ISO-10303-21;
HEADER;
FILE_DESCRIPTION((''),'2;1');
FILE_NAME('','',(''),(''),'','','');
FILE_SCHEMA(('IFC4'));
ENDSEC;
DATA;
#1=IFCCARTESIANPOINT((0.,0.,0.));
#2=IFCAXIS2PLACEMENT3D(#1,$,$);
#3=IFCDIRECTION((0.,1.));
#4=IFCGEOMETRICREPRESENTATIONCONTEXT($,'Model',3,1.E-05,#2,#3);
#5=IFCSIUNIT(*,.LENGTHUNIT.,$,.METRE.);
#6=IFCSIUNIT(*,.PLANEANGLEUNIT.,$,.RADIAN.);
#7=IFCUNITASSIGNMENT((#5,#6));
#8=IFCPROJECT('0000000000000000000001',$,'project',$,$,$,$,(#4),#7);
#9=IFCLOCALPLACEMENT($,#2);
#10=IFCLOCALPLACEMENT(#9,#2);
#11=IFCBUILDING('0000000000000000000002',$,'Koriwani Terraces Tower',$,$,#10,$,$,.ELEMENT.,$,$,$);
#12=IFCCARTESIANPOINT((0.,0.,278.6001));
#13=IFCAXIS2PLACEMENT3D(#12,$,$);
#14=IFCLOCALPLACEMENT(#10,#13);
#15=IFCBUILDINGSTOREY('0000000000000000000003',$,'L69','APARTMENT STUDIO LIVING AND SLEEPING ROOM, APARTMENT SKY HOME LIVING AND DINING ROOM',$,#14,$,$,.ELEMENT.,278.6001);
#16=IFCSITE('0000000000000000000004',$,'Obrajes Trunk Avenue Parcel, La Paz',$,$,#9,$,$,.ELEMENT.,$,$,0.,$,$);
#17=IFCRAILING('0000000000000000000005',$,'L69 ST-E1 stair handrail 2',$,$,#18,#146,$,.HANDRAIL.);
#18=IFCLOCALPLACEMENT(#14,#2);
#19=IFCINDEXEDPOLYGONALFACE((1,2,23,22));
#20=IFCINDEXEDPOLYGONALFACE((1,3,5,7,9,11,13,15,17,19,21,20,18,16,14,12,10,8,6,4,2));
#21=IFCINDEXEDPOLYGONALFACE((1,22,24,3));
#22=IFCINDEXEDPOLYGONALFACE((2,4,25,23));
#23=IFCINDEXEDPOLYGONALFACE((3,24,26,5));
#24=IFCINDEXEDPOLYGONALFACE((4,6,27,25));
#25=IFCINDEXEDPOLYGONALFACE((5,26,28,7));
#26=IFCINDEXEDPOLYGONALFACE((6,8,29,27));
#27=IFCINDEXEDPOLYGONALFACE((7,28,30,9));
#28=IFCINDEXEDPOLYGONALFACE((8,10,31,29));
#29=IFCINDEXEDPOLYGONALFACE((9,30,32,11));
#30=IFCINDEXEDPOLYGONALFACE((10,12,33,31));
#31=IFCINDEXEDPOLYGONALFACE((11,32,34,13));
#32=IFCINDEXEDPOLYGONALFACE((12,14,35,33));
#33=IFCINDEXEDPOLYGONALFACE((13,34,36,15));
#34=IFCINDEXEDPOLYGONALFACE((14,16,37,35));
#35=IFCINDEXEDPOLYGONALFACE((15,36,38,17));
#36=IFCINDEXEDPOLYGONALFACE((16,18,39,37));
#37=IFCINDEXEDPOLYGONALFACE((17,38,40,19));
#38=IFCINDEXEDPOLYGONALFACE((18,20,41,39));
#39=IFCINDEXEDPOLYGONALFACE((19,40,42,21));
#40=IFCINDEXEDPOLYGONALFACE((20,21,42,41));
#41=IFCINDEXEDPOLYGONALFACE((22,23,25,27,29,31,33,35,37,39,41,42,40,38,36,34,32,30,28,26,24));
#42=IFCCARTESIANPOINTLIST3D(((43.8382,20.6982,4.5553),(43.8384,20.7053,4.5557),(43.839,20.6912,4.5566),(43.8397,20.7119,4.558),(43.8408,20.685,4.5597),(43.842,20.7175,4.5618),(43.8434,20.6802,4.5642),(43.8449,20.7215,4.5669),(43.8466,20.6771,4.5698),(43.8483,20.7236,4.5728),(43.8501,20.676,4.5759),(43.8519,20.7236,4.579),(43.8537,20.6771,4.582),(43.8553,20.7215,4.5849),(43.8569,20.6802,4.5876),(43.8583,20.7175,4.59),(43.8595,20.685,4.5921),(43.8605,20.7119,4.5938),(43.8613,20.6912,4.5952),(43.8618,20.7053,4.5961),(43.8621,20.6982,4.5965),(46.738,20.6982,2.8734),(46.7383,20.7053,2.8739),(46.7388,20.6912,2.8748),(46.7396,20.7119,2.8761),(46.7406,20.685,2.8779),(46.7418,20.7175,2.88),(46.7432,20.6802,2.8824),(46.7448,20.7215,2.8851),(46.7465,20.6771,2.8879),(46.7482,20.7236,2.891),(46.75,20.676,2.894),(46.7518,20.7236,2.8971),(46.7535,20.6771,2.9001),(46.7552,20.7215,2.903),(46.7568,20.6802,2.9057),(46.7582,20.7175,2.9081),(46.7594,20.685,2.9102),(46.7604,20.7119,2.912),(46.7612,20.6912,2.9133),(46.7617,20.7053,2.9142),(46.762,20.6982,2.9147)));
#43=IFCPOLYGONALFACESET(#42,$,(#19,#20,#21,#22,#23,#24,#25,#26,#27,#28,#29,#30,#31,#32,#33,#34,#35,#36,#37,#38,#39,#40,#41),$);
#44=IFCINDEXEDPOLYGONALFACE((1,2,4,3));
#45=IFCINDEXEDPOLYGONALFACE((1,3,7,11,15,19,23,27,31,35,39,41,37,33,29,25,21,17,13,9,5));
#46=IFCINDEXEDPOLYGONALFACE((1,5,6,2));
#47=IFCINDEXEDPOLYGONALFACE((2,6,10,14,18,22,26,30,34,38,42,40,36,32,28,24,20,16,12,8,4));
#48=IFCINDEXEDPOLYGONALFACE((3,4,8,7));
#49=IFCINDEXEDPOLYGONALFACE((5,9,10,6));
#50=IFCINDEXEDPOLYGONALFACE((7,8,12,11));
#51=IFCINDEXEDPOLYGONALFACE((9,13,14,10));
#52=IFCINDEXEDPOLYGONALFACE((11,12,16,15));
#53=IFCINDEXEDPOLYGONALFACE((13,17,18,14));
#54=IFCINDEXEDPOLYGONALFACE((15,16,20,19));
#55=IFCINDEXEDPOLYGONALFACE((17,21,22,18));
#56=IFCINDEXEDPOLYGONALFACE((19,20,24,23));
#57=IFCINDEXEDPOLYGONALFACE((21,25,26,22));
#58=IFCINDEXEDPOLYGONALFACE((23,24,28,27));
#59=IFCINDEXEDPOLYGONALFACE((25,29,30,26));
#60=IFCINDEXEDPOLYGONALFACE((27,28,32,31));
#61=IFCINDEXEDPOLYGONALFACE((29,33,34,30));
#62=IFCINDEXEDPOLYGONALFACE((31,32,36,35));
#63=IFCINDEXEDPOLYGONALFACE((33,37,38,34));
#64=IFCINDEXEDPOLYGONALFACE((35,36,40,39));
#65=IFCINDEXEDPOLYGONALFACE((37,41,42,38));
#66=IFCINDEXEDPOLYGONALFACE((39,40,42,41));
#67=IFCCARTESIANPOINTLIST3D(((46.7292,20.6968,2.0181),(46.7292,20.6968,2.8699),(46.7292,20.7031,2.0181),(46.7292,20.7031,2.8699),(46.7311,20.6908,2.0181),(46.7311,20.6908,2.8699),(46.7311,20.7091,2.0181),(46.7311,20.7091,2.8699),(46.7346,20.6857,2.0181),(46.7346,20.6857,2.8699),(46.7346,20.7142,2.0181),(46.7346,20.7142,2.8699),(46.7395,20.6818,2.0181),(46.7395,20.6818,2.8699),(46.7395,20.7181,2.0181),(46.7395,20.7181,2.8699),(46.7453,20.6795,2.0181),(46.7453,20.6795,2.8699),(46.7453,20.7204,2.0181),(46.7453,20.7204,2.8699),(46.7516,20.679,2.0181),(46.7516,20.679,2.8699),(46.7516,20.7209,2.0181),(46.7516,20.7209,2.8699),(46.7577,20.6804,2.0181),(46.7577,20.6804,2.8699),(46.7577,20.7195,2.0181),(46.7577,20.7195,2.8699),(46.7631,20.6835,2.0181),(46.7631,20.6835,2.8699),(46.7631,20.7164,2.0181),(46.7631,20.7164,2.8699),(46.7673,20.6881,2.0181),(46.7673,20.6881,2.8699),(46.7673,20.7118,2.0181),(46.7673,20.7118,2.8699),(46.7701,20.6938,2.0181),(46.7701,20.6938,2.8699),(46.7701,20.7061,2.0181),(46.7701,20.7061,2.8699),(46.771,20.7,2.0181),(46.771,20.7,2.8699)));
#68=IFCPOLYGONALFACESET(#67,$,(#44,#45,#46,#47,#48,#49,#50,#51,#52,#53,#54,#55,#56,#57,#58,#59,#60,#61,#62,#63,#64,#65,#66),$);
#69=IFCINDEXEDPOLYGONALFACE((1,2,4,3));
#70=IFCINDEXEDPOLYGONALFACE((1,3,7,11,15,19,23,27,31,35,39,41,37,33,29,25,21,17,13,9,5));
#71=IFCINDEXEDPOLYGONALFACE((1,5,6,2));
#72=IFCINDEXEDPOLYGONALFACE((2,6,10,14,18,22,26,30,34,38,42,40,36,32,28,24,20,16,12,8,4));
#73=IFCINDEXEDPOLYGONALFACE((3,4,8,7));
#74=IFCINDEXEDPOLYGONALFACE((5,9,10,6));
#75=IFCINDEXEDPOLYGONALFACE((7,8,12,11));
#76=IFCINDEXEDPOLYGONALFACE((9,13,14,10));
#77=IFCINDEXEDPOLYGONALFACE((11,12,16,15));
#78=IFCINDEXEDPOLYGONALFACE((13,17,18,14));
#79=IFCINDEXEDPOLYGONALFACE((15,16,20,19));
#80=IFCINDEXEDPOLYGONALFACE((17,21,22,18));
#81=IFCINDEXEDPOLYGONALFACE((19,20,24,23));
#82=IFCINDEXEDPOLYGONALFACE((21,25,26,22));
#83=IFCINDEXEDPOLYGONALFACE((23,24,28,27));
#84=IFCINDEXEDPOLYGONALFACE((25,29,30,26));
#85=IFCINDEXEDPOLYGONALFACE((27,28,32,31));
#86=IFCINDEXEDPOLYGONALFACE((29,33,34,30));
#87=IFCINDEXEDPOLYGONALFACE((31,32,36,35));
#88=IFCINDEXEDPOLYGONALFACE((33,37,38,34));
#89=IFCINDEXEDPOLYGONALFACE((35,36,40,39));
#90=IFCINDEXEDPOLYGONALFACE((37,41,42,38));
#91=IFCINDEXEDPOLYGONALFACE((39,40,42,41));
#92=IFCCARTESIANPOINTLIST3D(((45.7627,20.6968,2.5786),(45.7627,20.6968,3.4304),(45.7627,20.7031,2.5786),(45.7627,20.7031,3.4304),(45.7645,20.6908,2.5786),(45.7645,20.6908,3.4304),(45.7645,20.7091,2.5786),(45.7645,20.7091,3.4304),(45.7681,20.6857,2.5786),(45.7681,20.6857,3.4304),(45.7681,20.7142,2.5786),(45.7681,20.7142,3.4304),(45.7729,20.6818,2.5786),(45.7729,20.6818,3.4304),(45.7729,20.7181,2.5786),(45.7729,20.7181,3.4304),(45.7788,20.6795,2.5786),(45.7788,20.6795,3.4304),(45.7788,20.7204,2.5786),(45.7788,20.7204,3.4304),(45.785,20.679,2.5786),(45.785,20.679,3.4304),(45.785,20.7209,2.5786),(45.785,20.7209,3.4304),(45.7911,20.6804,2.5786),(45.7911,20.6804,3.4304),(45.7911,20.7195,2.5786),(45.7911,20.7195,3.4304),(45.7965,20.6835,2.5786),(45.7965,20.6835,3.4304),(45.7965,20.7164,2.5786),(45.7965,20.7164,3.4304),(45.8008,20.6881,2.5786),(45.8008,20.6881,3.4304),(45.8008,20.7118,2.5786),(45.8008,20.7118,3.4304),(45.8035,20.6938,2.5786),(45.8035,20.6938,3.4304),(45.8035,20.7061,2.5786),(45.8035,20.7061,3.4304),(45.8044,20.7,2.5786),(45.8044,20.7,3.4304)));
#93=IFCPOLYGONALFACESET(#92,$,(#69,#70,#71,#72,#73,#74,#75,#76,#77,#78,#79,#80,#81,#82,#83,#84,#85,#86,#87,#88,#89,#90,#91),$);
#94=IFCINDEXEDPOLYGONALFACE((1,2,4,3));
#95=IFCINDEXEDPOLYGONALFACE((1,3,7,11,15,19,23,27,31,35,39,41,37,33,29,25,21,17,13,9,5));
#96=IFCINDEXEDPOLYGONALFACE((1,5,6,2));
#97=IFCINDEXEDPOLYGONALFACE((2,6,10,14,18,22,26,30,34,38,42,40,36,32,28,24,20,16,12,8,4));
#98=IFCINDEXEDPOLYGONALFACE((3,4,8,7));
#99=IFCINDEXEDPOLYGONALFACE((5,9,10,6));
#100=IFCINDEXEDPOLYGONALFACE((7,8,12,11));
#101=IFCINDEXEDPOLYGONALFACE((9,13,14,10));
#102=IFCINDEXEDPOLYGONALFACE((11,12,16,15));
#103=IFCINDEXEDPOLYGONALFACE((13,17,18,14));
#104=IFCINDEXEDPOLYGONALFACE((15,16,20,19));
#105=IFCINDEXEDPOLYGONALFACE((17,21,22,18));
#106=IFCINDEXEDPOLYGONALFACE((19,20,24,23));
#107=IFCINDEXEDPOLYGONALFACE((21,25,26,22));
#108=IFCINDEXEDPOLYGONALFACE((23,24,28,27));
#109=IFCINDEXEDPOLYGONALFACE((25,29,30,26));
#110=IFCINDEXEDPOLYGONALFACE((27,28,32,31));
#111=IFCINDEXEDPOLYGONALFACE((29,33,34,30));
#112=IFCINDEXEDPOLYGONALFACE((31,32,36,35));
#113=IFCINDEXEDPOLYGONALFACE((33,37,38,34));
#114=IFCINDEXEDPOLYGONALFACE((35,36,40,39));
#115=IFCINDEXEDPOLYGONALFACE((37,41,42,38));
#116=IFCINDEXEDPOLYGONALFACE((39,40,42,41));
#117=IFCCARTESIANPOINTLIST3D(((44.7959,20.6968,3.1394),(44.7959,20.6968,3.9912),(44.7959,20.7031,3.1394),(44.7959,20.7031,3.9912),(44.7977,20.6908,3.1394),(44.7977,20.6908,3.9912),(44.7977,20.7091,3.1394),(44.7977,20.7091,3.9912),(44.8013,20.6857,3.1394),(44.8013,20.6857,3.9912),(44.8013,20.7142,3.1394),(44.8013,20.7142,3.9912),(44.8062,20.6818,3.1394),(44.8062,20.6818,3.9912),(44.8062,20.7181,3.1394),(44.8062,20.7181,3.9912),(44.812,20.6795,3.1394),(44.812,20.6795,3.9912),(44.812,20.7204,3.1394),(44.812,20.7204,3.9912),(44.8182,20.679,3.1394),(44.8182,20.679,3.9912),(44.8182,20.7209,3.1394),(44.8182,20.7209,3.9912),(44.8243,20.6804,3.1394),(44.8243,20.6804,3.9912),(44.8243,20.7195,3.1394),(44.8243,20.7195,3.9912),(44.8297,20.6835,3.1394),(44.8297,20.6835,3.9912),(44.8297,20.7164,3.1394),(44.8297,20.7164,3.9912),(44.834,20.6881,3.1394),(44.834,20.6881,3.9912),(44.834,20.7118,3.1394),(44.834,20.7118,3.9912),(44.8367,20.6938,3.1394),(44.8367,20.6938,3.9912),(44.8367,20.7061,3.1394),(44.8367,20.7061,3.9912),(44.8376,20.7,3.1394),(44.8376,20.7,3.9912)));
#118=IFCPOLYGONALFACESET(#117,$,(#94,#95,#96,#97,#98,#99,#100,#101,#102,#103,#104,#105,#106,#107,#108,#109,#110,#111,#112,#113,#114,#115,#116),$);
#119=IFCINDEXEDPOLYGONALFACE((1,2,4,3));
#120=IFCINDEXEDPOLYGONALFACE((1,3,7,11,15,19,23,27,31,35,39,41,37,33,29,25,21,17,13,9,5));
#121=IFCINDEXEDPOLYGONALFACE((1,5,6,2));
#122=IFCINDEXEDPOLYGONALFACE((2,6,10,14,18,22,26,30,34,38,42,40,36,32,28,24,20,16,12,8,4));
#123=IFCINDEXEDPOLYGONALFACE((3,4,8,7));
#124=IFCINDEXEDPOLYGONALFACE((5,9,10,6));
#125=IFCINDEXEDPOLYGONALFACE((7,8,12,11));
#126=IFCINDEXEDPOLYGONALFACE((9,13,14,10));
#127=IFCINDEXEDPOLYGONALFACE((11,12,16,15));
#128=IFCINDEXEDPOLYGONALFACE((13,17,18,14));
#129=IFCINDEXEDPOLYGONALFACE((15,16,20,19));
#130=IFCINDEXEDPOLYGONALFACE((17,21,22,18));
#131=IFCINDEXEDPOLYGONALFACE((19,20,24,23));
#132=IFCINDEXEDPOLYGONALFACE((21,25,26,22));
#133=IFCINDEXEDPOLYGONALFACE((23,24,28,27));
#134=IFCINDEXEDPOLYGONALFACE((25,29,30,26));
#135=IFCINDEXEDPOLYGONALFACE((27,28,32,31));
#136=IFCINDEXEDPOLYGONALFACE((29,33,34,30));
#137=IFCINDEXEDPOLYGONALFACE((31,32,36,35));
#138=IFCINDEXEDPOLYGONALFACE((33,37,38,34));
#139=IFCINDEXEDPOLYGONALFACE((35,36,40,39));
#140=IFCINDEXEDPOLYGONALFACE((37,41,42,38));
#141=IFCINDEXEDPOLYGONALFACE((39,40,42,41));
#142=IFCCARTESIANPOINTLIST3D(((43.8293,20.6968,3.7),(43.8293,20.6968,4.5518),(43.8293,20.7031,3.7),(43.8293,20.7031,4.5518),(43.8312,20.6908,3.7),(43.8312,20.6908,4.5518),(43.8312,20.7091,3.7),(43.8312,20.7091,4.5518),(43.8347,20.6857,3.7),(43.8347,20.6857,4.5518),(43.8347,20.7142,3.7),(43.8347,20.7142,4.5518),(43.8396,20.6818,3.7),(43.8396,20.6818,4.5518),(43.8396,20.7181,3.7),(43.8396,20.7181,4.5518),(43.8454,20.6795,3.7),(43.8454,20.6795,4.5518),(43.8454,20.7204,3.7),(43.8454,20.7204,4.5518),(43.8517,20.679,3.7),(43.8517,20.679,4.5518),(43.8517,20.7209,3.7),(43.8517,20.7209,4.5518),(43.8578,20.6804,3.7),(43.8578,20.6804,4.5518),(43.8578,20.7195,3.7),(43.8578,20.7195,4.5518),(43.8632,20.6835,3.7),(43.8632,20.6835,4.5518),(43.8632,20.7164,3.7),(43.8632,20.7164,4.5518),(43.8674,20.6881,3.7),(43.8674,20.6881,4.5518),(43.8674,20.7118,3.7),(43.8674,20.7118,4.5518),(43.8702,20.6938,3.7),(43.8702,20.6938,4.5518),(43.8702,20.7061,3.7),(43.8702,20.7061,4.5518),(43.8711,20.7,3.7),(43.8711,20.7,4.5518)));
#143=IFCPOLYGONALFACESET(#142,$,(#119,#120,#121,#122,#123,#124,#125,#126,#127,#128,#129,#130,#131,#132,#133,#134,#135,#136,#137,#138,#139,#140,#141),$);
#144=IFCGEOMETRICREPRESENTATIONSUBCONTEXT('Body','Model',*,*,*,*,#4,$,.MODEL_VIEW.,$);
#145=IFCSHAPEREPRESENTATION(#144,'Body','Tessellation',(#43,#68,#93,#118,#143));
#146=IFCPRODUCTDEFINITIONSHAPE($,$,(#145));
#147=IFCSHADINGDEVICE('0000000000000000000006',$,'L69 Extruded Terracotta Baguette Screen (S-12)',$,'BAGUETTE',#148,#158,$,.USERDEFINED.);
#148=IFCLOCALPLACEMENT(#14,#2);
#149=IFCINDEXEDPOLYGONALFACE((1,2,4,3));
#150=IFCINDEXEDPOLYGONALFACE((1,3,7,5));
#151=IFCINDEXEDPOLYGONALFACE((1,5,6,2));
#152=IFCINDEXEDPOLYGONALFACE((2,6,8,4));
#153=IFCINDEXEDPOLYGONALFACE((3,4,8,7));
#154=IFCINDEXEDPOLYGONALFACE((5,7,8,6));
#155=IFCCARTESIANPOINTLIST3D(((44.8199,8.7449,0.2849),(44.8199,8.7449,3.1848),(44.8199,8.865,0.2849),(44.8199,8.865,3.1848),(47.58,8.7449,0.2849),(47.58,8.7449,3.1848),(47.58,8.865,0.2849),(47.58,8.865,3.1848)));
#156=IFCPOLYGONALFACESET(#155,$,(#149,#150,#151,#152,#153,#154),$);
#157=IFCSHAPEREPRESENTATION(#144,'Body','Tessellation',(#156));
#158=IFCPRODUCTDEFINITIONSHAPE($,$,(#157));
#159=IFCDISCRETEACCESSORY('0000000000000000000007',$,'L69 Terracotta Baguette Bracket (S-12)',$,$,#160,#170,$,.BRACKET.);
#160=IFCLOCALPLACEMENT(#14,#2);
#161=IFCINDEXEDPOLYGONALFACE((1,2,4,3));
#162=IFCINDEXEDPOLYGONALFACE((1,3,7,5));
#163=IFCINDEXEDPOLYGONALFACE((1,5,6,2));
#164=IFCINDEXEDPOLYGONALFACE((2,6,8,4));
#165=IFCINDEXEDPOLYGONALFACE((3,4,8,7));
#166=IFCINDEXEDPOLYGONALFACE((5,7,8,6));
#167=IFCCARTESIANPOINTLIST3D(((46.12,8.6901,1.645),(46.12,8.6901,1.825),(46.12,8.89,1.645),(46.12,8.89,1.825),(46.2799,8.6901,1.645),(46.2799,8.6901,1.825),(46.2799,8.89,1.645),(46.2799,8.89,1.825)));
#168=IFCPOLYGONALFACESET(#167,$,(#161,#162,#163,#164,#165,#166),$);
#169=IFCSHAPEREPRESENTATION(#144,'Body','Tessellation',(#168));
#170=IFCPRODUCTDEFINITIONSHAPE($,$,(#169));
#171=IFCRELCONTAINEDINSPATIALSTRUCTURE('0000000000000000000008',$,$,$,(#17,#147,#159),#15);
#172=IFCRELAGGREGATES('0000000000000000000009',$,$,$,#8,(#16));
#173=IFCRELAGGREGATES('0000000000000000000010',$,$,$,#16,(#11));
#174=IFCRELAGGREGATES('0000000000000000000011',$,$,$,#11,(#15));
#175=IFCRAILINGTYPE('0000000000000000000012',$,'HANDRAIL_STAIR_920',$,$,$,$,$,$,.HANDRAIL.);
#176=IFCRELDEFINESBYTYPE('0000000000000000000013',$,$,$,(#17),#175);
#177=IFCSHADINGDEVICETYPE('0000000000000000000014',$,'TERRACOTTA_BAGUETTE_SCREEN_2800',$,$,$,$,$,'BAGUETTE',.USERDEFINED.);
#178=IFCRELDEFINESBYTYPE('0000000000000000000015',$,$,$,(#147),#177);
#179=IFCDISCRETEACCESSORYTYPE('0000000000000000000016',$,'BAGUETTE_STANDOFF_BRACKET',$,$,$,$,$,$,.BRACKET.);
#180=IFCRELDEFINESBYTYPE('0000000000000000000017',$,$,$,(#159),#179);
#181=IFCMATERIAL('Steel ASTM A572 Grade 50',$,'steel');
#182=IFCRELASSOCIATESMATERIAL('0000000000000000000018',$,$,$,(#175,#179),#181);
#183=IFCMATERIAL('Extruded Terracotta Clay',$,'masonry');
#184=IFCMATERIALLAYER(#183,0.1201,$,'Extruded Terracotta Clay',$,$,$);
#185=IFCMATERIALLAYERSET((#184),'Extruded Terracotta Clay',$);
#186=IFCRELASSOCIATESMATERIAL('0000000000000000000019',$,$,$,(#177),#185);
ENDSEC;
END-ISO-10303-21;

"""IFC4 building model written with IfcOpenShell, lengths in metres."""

from ifc_helpers import new_model, si_unit, direction, frame, origin, origin_2d, place, context, subcontext, project, spatial, rectangle, circle, extrude, material, layer, layer_set, type_object, element, save


model = new_model("IFC4")

# Units and contexts
model_context = context("Model", 3, precision=1e-05, world=origin(), true_north=direction((0.0, 1.0)))
body_context = subcontext(model_context, "Body", "Model", "MODEL_VIEW")
ifc_project = project(units=[si_unit("LENGTHUNIT", "METRE"), si_unit("PLANEANGLEUNIT", "RADIAN")], contexts=[model_context])

# Site, building, storey
site_placement = place(None, origin())
site = spatial("IfcSite", under=ifc_project, at=site_placement, Name="Obrajes Trunk Avenue Parcel, La Paz", CompositionType="ELEMENT", RefElevation=0.0)
building_placement = place(site_placement, origin())
building = spatial("IfcBuilding", under=site, at=building_placement, Name="Koriwani Terraces Tower", CompositionType="ELEMENT")
storey_placement = place(building_placement, frame((0.0, 0.0, 278.6001)))
storey = spatial("IfcBuildingStorey", under=building, at=storey_placement, Name="L69", Description="APARTMENT STUDIO LIVING AND SLEEPING ROOM, APARTMENT SKY HOME LIVING AND DINING ROOM", CompositionType="ELEMENT", Elevation=278.6001)

# Shared definitions
ifc_material_1 = material(Name="Steel ASTM A572 Grade 50", Category="steel")

# Railing
railing_type_1 = type_object("IfcRailingType", Name="HANDRAIL_STAIR_920", PredefinedType="HANDRAIL", material=ifc_material_1)
railing_1_placement = place(storey_placement, frame((46.75, 20.7, 2.0181)))
element("IfcRailing", 1, at=railing_1_placement, inside=storey, type_object=railing_type_1, Name="L69 ST-E1 stair handrail 2", PredefinedType="HANDRAIL", context=body_context, shape_type="SweptSolid", body=[
    extrude(circle(Radius=0.0239, at=origin_2d()), frame((0.0, 0.0, 0.876), z_axis=(-0.865039, 0.0, 0.501705), x_axis=(0.0, -1.0, 0.0)), (0.0, 0.0, 1.0), 3.3523),
    extrude(circle(Radius=0.021, at=origin_2d()), origin(), (0.0, 0.0, 1.0), 0.8518),
    extrude(circle(Radius=0.021, at=origin_2d()), frame((-0.9666, 0.0, 0.5605)), (0.0, 0.0, 1.0), 0.8518),
    extrude(circle(Radius=0.021, at=origin_2d()), frame((-1.9333, 0.0, 1.1213)), (0.0, 0.0, 1.0), 0.8518),
    extrude(circle(Radius=0.021, at=origin_2d()), frame((-2.8999, 0.0, 1.6819)), (0.0, 0.0, 1.0), 0.8518),
])

# Shading device
ifc_material_2 = material(Name="Extruded Terracotta Clay", Category="masonry")
ifc_layer_1 = layer(ifc_material_2, 0.1201, Name="Extruded Terracotta Clay")
ifc_layer_set_1 = layer_set([ifc_layer_1], Name="Extruded Terracotta Clay")
shading_device_type = type_object("IfcShadingDeviceType", Name="TERRACOTTA_BAGUETTE_SCREEN_2800", ElementType="BAGUETTE", PredefinedType="USERDEFINED", material=ifc_layer_set_1)
shading_device_placement = place(storey_placement, frame((46.2, 8.8049, 0.2849), z_axis=(0.0, 0.0, 1.0), x_axis=(-1.0, 0.0, 0.0)))
element("IfcShadingDevice", 2, at=shading_device_placement, inside=storey, type_object=shading_device_type, Name="L69 Extruded Terracotta Baguette Screen (S-12)", ObjectType="BAGUETTE", PredefinedType="USERDEFINED", context=body_context, shape_type="SweptSolid", body=[
    extrude(rectangle(XDim=2.76, YDim=0.1201, at=origin_2d()), origin(), (0.0, 0.0, 1.0), 2.8999),
])

# Discrete accessory
discrete_accessory_type = type_object("IfcDiscreteAccessoryType", Name="BAGUETTE_STANDOFF_BRACKET", PredefinedType="BRACKET", material=ifc_material_1)
discrete_accessory_placement = place(storey_placement, frame((46.2, 8.79, 1.645), z_axis=(0.0, 0.0, 1.0), x_axis=(-1.0, 0.0, 0.0)))
element("IfcDiscreteAccessory", 3, at=discrete_accessory_placement, inside=storey, type_object=discrete_accessory_type, Name="L69 Terracotta Baguette Bracket (S-12)", PredefinedType="BRACKET", context=body_context, shape_type="SweptSolid", body=[
    extrude(rectangle(XDim=0.1599, YDim=0.2, at=origin_2d()), origin(), (0.0, 0.0, 1.0), 0.1799),
])

save(model, "model.ifc")
